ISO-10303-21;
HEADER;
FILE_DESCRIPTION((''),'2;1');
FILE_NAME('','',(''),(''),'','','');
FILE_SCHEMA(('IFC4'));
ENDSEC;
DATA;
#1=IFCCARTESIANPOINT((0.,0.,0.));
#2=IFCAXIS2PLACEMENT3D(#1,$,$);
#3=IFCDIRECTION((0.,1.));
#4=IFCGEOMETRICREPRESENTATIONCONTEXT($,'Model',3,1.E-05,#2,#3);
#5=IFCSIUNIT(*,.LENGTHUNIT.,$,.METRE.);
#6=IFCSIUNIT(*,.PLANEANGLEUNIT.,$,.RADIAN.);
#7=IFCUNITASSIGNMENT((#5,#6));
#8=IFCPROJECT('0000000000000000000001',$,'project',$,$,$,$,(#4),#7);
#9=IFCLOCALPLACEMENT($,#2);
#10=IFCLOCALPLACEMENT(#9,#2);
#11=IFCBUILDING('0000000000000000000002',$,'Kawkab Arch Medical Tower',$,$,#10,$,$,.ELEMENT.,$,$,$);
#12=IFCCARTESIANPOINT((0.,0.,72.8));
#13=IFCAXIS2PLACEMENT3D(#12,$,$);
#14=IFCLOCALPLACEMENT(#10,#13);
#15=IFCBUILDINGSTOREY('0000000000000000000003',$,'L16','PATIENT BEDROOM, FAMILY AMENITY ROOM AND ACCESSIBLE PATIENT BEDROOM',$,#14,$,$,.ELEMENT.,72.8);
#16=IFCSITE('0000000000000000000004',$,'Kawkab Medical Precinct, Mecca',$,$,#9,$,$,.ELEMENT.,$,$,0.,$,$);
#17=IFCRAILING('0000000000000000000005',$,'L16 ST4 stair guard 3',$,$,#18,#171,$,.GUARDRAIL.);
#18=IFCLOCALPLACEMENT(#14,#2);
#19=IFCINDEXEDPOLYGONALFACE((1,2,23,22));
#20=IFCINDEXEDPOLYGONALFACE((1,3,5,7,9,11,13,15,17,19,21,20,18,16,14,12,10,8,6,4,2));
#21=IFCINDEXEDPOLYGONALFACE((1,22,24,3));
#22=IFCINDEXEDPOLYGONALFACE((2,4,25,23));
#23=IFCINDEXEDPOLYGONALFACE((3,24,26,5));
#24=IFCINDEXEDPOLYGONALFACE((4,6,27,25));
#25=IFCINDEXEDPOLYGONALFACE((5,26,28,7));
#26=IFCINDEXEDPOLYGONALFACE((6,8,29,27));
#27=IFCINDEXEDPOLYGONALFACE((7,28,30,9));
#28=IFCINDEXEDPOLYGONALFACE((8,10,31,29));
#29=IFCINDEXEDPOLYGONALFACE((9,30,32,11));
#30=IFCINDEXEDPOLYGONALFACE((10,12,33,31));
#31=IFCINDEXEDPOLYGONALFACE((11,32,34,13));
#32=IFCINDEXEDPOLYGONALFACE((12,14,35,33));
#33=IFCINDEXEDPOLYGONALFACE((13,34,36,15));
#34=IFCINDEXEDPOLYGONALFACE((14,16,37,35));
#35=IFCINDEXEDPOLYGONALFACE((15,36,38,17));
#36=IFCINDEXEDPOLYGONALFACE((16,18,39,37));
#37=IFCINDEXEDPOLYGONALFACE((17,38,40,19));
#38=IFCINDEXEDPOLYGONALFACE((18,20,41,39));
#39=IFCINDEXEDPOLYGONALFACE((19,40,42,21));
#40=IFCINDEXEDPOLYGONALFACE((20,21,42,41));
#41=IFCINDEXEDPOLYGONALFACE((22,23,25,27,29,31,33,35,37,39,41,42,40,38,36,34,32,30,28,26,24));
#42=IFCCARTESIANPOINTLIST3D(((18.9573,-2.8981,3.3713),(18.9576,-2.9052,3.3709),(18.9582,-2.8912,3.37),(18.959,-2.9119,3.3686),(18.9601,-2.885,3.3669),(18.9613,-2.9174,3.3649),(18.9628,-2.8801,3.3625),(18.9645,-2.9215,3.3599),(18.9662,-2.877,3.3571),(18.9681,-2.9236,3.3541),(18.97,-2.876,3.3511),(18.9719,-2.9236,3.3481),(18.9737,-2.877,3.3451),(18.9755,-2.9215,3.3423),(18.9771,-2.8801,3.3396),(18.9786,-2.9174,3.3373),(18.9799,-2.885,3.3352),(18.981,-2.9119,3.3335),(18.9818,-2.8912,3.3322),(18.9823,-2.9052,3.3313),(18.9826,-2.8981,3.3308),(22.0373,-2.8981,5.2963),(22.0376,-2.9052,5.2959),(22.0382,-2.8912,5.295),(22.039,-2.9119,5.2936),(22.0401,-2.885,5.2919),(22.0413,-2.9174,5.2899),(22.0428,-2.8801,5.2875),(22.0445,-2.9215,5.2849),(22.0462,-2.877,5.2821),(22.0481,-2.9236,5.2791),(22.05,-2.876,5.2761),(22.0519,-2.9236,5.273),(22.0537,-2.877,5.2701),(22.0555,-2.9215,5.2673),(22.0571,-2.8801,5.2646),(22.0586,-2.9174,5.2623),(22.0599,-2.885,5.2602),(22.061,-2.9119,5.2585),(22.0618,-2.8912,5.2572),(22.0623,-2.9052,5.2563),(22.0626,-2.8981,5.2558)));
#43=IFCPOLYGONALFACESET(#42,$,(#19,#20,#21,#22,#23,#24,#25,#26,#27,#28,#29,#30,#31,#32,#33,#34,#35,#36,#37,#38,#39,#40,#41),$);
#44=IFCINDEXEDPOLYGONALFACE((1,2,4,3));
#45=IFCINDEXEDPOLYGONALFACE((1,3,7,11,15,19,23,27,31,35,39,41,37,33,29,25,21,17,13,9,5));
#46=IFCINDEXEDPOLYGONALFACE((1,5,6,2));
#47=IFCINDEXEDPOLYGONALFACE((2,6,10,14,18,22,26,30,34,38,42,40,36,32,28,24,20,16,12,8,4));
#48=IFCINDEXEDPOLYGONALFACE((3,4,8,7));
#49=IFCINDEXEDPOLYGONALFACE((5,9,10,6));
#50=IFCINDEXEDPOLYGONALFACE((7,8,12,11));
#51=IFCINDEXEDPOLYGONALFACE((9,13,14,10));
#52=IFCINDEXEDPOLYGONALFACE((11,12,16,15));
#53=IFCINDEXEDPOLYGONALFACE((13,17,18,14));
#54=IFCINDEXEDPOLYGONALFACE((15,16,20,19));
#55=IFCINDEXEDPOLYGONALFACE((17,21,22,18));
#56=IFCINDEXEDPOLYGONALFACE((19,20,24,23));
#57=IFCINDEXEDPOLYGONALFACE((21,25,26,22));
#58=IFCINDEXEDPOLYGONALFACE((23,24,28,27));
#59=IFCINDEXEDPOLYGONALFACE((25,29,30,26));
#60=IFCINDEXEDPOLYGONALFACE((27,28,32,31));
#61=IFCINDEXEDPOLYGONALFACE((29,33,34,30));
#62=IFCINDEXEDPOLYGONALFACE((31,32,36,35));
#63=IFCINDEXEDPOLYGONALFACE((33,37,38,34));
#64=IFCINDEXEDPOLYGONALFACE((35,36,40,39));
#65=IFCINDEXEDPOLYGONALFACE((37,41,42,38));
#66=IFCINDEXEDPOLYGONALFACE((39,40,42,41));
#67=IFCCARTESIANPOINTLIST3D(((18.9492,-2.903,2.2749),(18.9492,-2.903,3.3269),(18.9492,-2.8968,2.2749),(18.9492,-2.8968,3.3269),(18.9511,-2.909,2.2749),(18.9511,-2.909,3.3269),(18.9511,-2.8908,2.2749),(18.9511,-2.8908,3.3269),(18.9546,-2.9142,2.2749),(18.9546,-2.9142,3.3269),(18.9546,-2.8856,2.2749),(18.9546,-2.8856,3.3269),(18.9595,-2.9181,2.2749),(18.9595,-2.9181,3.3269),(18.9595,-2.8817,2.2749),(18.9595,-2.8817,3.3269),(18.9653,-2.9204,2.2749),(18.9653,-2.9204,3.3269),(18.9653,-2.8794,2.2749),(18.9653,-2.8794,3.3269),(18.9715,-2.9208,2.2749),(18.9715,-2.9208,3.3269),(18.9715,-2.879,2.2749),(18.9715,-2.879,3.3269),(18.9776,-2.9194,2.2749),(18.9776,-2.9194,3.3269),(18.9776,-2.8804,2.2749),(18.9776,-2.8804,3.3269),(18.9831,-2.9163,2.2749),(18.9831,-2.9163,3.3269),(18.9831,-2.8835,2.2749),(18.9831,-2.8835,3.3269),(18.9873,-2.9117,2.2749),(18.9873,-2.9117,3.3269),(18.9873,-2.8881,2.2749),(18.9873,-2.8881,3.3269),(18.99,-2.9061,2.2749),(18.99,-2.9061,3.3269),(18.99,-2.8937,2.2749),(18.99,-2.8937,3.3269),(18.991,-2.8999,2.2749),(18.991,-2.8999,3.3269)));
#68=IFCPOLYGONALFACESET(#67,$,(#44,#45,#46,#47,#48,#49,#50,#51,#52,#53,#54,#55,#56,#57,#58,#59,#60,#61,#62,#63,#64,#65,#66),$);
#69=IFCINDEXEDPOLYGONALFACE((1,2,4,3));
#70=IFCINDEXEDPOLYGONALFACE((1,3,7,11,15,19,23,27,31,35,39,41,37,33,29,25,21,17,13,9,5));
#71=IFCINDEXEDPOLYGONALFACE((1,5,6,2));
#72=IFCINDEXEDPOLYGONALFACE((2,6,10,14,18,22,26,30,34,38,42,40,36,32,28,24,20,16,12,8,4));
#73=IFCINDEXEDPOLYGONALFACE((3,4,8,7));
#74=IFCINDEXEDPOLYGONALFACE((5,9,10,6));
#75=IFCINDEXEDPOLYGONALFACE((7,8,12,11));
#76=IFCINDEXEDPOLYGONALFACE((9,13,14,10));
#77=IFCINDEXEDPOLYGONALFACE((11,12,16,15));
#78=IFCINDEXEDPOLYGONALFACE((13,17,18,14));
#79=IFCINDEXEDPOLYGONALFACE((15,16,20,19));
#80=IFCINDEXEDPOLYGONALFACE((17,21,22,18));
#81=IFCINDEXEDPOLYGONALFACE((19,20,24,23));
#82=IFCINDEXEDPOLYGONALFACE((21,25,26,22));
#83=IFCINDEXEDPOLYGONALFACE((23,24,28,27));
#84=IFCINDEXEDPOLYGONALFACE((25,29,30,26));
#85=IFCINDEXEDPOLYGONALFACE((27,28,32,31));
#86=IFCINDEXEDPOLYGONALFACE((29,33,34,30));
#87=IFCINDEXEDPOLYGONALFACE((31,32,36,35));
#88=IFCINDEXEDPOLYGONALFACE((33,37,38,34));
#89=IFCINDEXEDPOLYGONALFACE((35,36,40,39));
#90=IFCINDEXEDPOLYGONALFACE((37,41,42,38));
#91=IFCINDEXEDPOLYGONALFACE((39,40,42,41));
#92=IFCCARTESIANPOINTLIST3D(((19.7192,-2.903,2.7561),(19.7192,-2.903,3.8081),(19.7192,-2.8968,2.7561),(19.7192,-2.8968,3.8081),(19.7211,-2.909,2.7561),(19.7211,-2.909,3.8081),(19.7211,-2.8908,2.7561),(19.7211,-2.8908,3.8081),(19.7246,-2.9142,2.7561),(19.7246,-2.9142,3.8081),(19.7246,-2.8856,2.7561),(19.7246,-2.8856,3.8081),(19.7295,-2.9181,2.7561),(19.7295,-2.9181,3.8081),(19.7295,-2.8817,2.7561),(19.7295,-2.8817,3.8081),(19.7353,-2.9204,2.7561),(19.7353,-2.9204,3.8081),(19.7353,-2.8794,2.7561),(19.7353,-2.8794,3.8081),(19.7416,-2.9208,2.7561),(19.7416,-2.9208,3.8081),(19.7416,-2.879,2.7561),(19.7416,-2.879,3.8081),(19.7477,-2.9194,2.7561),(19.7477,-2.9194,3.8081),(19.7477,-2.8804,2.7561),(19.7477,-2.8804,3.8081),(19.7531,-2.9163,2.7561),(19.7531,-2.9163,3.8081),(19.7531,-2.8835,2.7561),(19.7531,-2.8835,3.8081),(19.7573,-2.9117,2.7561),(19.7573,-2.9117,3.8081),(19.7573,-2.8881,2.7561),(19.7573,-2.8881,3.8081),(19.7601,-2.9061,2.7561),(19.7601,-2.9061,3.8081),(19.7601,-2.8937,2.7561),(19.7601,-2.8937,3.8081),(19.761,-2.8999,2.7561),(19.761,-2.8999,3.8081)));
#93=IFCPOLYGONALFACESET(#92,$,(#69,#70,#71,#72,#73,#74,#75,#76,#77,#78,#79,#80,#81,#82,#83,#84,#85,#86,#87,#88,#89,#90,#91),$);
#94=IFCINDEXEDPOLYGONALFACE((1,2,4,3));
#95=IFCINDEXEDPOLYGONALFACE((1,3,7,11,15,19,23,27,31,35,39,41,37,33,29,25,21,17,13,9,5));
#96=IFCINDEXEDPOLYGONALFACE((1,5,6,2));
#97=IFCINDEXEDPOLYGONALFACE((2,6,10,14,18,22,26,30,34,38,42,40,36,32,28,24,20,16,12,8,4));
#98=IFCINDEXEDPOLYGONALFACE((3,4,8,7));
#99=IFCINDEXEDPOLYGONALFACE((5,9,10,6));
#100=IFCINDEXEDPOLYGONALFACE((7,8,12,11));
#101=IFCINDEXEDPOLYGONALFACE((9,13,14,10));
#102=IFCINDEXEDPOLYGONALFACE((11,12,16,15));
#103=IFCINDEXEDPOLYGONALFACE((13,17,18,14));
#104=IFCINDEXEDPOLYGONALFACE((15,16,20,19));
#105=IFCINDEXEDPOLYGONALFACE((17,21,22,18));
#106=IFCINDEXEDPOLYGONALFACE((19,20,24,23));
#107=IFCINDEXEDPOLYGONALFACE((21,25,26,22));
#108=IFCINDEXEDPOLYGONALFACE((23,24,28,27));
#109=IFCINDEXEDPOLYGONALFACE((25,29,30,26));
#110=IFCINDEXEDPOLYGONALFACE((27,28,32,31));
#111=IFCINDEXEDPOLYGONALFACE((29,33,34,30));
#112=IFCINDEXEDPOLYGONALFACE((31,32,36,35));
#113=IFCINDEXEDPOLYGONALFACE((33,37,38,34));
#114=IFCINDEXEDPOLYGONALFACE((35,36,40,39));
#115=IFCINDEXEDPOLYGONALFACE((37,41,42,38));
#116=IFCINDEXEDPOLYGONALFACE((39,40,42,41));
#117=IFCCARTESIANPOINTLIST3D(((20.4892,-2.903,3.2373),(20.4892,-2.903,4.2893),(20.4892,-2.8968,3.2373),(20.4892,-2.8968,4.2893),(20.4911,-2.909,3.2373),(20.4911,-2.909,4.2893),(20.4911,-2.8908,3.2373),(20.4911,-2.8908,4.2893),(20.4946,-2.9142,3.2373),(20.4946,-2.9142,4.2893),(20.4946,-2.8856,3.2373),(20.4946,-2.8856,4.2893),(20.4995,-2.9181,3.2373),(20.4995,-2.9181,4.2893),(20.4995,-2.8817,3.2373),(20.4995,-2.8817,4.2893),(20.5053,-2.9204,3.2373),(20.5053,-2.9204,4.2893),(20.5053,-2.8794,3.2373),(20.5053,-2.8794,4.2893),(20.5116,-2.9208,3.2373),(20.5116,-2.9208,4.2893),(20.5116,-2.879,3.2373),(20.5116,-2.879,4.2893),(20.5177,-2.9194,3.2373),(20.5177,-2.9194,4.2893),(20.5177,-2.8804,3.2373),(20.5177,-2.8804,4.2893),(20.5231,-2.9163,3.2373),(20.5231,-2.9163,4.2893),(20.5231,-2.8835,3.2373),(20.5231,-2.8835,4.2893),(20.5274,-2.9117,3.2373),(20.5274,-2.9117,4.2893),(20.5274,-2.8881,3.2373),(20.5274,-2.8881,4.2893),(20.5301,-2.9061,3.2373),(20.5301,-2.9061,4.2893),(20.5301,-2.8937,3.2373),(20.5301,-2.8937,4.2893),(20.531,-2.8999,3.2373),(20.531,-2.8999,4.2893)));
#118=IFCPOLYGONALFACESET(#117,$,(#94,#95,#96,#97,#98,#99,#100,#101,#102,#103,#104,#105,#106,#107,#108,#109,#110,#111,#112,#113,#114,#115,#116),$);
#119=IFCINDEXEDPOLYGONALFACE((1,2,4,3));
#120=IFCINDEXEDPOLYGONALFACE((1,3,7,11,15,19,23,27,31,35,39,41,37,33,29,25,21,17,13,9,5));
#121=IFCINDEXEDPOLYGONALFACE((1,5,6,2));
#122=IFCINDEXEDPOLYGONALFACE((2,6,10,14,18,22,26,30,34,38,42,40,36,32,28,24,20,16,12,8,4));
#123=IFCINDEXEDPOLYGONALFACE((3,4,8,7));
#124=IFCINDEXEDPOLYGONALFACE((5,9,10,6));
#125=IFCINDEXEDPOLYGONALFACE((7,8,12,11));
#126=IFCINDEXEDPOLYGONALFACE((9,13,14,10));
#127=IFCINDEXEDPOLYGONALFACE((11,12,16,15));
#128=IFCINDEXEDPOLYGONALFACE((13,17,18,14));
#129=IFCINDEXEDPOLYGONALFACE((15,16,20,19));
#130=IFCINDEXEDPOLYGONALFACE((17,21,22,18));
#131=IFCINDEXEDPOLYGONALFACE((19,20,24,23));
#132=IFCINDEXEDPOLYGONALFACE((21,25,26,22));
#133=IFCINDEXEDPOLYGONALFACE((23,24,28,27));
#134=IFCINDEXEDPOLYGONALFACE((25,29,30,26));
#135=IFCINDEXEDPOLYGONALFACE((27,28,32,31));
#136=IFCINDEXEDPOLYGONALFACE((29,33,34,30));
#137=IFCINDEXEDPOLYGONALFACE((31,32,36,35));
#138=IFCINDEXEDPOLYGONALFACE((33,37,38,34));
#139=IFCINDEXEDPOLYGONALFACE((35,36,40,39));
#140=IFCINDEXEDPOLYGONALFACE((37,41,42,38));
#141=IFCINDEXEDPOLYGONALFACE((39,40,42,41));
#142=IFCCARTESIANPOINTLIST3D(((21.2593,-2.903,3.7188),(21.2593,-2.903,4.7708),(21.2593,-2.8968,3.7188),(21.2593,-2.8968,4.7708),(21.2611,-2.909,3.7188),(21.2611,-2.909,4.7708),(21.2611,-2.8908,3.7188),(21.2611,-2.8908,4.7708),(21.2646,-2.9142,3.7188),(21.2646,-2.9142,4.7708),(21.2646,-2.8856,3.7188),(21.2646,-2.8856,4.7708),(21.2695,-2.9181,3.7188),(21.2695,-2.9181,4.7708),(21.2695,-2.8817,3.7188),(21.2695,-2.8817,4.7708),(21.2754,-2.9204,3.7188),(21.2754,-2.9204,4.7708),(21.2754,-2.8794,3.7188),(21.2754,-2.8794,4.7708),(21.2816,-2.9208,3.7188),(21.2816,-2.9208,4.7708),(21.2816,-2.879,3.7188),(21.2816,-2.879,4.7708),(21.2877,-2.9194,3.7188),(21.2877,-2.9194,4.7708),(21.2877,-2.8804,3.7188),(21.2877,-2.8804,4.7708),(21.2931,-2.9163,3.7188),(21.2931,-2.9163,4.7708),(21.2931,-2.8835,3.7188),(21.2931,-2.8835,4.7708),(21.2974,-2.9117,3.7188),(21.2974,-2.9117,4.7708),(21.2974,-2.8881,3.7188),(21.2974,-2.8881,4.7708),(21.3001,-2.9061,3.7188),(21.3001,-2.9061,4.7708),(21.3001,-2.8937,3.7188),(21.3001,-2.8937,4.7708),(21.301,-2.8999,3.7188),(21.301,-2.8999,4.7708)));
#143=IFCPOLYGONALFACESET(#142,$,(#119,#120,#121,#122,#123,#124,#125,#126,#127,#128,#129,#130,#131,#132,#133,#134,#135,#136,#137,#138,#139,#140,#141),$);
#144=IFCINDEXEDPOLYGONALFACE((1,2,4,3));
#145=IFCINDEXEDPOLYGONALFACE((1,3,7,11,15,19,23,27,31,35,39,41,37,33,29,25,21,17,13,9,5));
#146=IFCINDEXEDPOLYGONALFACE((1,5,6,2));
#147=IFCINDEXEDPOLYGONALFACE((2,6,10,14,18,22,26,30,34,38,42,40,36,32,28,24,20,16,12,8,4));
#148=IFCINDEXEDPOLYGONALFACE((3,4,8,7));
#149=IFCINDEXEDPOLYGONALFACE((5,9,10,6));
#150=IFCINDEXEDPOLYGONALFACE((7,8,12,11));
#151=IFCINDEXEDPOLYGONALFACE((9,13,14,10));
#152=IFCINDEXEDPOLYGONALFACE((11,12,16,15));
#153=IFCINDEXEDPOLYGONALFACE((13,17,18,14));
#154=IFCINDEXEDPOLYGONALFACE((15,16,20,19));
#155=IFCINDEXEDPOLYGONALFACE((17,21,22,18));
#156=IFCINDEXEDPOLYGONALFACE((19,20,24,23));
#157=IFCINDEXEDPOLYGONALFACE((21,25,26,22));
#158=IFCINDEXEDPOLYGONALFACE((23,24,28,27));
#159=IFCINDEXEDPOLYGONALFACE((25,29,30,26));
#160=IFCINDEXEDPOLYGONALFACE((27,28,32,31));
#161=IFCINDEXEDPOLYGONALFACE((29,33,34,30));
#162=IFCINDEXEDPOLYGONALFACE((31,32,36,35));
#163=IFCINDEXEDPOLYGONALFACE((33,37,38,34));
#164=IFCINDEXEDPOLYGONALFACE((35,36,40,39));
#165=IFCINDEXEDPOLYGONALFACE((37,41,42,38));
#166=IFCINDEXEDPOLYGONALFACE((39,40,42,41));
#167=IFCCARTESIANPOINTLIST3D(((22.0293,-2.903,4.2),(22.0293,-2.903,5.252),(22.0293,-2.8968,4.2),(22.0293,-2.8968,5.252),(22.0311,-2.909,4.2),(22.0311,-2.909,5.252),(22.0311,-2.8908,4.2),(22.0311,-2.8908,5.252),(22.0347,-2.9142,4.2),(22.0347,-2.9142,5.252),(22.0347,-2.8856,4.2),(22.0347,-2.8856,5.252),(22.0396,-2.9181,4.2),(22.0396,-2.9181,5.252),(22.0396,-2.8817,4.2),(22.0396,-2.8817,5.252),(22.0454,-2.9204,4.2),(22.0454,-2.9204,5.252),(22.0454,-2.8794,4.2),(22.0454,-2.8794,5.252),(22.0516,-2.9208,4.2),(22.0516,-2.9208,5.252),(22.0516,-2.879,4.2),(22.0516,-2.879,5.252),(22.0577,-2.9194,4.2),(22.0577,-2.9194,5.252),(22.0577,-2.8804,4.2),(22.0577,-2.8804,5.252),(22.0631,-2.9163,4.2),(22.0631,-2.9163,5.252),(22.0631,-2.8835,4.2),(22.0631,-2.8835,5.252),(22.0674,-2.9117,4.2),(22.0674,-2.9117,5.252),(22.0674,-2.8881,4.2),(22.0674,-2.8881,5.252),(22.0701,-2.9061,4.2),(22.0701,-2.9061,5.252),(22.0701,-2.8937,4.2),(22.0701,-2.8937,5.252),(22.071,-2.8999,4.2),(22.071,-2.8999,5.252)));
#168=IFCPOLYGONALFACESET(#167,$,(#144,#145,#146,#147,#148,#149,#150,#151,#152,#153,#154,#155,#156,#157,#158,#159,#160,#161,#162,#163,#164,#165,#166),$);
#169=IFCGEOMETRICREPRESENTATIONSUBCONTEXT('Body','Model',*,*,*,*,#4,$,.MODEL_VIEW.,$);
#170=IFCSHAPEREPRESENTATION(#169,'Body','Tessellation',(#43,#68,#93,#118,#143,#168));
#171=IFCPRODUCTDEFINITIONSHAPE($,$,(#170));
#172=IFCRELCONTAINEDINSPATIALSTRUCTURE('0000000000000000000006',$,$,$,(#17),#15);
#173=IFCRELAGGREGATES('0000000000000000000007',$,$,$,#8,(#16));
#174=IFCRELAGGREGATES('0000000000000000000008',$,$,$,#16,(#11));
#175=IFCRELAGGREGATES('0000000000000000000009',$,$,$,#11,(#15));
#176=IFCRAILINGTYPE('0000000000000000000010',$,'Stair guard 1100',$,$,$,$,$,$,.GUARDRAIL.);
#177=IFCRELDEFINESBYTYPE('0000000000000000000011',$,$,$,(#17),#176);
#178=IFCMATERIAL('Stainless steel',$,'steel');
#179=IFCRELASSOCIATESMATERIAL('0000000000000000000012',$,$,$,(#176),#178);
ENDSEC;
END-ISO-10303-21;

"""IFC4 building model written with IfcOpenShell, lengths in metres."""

from ifc_helpers import new_model, si_unit, direction, frame, origin, origin_2d, place, context, subcontext, project, spatial, circle, extrude, material, type_object, element, save


model = new_model("IFC4")

# Units and contexts
model_context = context("Model", 3, precision=1e-05, world=origin(), true_north=direction((0.0, 1.0)))
body_context = subcontext(model_context, "Body", "Model", "MODEL_VIEW")
ifc_project = project(units=[si_unit("LENGTHUNIT", "METRE"), si_unit("PLANEANGLEUNIT", "RADIAN")], contexts=[model_context])

# Site, building, storey
site_placement = place(None, origin())
site = spatial("IfcSite", under=ifc_project, at=site_placement, Name="Kawkab Medical Precinct, Mecca", CompositionType="ELEMENT", RefElevation=0.0)
building_placement = place(site_placement, origin())
building = spatial("IfcBuilding", under=site, at=building_placement, Name="Kawkab Arch Medical Tower", CompositionType="ELEMENT")
storey_placement = place(building_placement, frame((0.0, 0.0, 72.8)))
storey = spatial("IfcBuildingStorey", under=building, at=storey_placement, Name="L16", Description="PATIENT BEDROOM, FAMILY AMENITY ROOM AND ACCESSIBLE PATIENT BEDROOM", CompositionType="ELEMENT", Elevation=72.8)

# Railing
ifc_material_1 = material(Name="Stainless steel", Category="steel")
railing_type_1 = type_object("IfcRailingType", Name="Stair guard 1100", PredefinedType="GUARDRAIL", material=ifc_material_1)
railing_1_placement = place(storey_placement, frame((18.97, -2.8999, 2.2749)))
element("IfcRailing", 1, at=railing_1_placement, inside=storey, type_object=railing_type_1, Name="L16 ST4 stair guard 3", PredefinedType="GUARDRAIL", context=body_context, shape_type="SweptSolid", body=[
    extrude(circle(Radius=0.0239, at=origin_2d()), frame((0.0, 0.0, 1.0762), z_axis=(0.847998, 0.0, 0.529999), x_axis=(0.0, 1.0, 0.0)), (0.0, 0.0, 1.0), 3.6321),
    extrude(circle(Radius=0.021, at=origin_2d()), origin(), (0.0, 0.0, 1.0), 1.052),
    extrude(circle(Radius=0.021, at=origin_2d()), frame((0.77, 0.0, 0.4812)), (0.0, 0.0, 1.0), 1.052),
    extrude(circle(Radius=0.021, at=origin_2d()), frame((1.54, 0.0, 0.9624)), (0.0, 0.0, 1.0), 1.052),
    extrude(circle(Radius=0.021, at=origin_2d()), frame((2.3101, 0.0, 1.4438)), (0.0, 0.0, 1.0), 1.052),
    extrude(circle(Radius=0.021, at=origin_2d()), frame((3.0801, 0.0, 1.925)), (0.0, 0.0, 1.0), 1.052),
])

save(model, "model.ifc")
